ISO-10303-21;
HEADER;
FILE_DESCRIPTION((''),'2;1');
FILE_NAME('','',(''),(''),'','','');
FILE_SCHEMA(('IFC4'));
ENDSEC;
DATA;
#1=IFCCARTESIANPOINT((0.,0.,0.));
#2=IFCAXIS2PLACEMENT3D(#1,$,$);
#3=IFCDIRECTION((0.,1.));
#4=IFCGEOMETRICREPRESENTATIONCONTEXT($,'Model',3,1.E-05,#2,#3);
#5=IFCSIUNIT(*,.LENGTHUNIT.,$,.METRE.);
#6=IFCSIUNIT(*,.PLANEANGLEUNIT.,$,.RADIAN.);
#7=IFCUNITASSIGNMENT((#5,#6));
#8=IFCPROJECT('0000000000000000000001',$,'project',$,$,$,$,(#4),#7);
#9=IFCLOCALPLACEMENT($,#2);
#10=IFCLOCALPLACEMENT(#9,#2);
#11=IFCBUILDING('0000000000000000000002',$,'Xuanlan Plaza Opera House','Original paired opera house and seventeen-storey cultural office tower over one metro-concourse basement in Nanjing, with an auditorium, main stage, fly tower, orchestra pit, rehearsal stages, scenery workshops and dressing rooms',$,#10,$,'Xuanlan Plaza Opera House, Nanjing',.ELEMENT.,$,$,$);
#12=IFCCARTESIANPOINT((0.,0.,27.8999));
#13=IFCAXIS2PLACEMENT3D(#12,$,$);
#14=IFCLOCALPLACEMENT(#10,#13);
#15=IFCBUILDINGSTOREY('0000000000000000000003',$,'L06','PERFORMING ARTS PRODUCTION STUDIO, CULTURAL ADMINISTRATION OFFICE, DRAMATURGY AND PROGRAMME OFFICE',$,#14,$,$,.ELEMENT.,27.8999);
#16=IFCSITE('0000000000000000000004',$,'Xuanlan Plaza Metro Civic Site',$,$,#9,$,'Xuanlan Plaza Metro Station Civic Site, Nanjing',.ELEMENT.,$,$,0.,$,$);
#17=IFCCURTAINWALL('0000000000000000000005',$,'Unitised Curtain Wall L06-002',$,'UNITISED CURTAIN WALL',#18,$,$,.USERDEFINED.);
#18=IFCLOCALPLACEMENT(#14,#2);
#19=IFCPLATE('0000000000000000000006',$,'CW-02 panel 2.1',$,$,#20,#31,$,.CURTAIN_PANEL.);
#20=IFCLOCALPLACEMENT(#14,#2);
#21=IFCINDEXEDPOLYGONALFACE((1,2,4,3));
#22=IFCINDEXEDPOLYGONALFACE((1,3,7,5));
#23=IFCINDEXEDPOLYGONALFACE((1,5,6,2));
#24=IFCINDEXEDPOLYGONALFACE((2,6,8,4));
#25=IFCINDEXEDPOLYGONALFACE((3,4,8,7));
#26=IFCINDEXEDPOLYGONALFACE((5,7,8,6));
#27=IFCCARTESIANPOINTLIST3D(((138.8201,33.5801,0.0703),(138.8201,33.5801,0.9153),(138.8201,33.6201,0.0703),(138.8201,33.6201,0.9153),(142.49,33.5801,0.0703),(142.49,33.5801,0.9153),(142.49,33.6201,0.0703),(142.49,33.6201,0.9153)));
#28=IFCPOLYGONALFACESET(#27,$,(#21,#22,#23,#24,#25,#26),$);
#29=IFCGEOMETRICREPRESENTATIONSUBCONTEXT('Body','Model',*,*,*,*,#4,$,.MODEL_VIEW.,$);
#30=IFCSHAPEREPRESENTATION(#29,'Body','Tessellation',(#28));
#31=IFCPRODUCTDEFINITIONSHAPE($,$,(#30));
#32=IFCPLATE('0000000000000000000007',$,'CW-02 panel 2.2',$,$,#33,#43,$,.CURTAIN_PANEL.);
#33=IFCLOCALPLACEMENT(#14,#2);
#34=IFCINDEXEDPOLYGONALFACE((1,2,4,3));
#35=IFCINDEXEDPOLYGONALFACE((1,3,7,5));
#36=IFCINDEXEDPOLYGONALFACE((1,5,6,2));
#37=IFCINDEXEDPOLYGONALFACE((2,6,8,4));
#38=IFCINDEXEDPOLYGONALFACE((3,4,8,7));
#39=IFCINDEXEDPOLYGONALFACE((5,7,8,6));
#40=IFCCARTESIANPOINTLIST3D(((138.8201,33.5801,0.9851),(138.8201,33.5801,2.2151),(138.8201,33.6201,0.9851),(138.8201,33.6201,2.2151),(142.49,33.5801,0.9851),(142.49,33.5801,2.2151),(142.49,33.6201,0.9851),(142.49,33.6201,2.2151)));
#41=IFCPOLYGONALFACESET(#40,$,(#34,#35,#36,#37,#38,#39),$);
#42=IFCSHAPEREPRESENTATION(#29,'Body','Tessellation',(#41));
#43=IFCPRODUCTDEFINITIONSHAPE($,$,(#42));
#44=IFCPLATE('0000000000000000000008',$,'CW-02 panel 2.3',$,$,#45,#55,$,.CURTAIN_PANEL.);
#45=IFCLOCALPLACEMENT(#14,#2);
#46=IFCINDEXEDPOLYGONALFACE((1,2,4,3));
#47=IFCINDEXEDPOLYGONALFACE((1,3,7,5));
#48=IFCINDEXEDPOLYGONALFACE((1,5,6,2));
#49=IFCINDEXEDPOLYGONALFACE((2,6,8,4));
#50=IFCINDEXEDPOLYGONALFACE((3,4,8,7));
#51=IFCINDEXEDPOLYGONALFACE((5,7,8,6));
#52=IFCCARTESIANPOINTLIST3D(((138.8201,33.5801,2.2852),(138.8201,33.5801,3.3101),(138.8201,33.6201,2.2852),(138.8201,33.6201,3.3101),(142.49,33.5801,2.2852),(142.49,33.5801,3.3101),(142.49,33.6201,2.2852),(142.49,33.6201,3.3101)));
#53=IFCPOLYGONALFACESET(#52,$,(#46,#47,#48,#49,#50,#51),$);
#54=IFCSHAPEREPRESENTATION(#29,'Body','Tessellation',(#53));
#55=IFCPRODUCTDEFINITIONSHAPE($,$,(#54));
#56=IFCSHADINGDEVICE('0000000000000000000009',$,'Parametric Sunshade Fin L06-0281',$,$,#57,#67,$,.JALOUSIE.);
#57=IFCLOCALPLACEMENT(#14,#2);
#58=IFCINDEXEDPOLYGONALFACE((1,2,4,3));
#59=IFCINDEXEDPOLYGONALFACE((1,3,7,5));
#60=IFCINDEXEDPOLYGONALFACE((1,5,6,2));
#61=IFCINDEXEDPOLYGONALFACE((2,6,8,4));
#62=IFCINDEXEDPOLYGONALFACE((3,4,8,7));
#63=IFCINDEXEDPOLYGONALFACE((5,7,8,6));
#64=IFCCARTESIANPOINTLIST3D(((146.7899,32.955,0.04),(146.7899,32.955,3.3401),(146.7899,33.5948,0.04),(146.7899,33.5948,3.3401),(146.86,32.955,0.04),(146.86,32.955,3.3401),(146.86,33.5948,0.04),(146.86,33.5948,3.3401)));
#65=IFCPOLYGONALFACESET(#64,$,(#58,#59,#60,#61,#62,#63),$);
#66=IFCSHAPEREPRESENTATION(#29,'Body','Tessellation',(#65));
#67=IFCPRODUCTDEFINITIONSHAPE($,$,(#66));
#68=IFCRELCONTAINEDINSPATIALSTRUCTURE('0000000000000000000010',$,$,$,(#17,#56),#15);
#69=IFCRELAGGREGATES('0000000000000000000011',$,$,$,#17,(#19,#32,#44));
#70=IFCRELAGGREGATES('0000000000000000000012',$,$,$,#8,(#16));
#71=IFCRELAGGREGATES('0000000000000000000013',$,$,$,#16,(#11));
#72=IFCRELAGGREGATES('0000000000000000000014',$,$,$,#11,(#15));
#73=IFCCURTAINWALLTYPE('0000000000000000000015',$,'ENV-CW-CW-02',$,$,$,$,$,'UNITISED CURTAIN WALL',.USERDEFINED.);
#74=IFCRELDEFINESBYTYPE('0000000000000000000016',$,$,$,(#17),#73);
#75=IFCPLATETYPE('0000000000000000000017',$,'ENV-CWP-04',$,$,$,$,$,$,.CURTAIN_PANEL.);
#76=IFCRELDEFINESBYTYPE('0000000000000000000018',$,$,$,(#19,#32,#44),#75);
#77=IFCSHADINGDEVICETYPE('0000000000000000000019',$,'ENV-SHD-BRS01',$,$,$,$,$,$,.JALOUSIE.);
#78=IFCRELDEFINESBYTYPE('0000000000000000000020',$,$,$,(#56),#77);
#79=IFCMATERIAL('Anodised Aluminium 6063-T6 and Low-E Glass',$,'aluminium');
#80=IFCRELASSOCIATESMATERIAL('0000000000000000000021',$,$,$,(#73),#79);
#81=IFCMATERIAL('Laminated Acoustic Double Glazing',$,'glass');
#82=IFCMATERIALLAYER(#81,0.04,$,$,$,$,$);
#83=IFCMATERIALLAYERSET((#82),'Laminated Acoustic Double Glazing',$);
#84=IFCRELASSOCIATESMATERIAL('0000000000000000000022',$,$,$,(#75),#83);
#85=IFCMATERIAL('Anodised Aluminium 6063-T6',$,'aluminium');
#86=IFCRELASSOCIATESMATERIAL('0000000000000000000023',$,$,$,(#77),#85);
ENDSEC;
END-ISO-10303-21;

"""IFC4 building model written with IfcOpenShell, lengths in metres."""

from ifc_helpers import new_model, si_unit, direction, frame, origin, origin_2d, place, context, subcontext, project, spatial, rectangle, extrude, material, layer, layer_set, type_object, element, aggregate, save


model = new_model("IFC4")

# Units and contexts
model_context = context("Model", 3, precision=1e-05, world=origin(), true_north=direction((0.0, 1.0)))
body_context = subcontext(model_context, "Body", "Model", "MODEL_VIEW")
ifc_project = project(units=[si_unit("LENGTHUNIT", "METRE"), si_unit("PLANEANGLEUNIT", "RADIAN")], contexts=[model_context])

# Site, building, storey
site_placement = place(None, origin())
site = spatial("IfcSite", under=ifc_project, at=site_placement, Name="Xuanlan Plaza Metro Civic Site", LongName="Xuanlan Plaza Metro Station Civic Site, Nanjing", CompositionType="ELEMENT", RefElevation=0.0)
building_placement = place(site_placement, origin())
building = spatial("IfcBuilding", under=site, at=building_placement, Name="Xuanlan Plaza Opera House", Description="Original paired opera house and seventeen-storey cultural office tower over one metro-concourse basement in Nanjing, with an auditorium, main stage, fly tower, orchestra pit, rehearsal stages, scenery workshops and dressing rooms", LongName="Xuanlan Plaza Opera House, Nanjing", CompositionType="ELEMENT")
storey_placement = place(building_placement, frame((0.0, 0.0, 27.8999)))
storey = spatial("IfcBuildingStorey", under=building, at=storey_placement, Name="L06", Description="PERFORMING ARTS PRODUCTION STUDIO, CULTURAL ADMINISTRATION OFFICE, DRAMATURGY AND PROGRAMME OFFICE", CompositionType="ELEMENT", Elevation=27.8999)

# Curtain wall
ifc_material_1 = material(Name="Anodised Aluminium 6063-T6 and Low-E Glass", Category="aluminium")
ifc_material_2 = material(Name="Anodised Aluminium 6063-T6", Category="aluminium")
curtain_wall_type_1 = type_object("IfcCurtainWallType", Name="ENV-CW-CW-02", ElementType="UNITISED CURTAIN WALL", PredefinedType="USERDEFINED", material=ifc_material_1)
curtain_wall_1_placement = place(storey_placement, origin())
curtain_wall_1 = element("IfcCurtainWall", 1, at=curtain_wall_1_placement, inside=storey, type_object=curtain_wall_type_1, Name="Unitised Curtain Wall L06-002", ObjectType="UNITISED CURTAIN WALL", PredefinedType="USERDEFINED")

# Plates
ifc_material_3 = material(Name="Laminated Acoustic Double Glazing", Category="glass")
ifc_layer_1 = layer(ifc_material_3, 0.04)
ifc_layer_set_1 = layer_set([ifc_layer_1], Name="Laminated Acoustic Double Glazing")
plate_type_1 = type_object("IfcPlateType", Name="ENV-CWP-04", PredefinedType="CURTAIN_PANEL", material=ifc_layer_set_1)
plate_1_placement = place(storey_placement, frame((140.655, 33.6001, 0.0703), z_axis=(0.0, 0.0, 1.0), x_axis=(1.0, 0.0, 0.0)))
plate_1 = element("IfcPlate", 2, at=plate_1_placement, type_object=plate_type_1, Name="CW-02 panel 2.1", PredefinedType="CURTAIN_PANEL", context=body_context, shape_type="SweptSolid", body=[
    extrude(rectangle(XDim=3.6699, YDim=0.04, at=origin_2d()), origin(), (0.0, 0.0, 1.0), 0.845),
])
plate_2_placement = place(storey_placement, frame((140.655, 33.6001, 0.9851), z_axis=(0.0, 0.0, 1.0), x_axis=(1.0, 0.0, 0.0)))
plate_2 = element("IfcPlate", 3, at=plate_2_placement, type_object=plate_type_1, Name="CW-02 panel 2.2", PredefinedType="CURTAIN_PANEL", context=body_context, shape_type="SweptSolid", body=[
    extrude(rectangle(XDim=3.6699, YDim=0.04, at=origin_2d()), origin(), (0.0, 0.0, 1.0), 1.23),
])
plate_3_placement = place(storey_placement, frame((140.655, 33.6001, 2.2852), z_axis=(0.0, 0.0, 1.0), x_axis=(1.0, 0.0, 0.0)))
plate_3 = element("IfcPlate", 4, at=plate_3_placement, type_object=plate_type_1, Name="CW-02 panel 2.3", PredefinedType="CURTAIN_PANEL", context=body_context, shape_type="SweptSolid", body=[
    extrude(rectangle(XDim=3.6699, YDim=0.04, at=origin_2d()), origin(), (0.0, 0.0, 1.0), 1.0249),
])
aggregate(curtain_wall_1, [plate_1, plate_2, plate_3])

# Shading device
shading_device_type = type_object("IfcShadingDeviceType", Name="ENV-SHD-BRS01", PredefinedType="JALOUSIE", material=ifc_material_2)
shading_device_placement = place(storey_placement, frame((146.825, 33.2749, 0.04), z_axis=(0.0, 0.0, 1.0), x_axis=(0.0, -1.0, 0.0)))
element("IfcShadingDevice", 5, at=shading_device_placement, inside=storey, type_object=shading_device_type, Name="Parametric Sunshade Fin L06-0281", PredefinedType="JALOUSIE", context=body_context, shape_type="SweptSolid", body=[
    extrude(rectangle(XDim=0.6399, YDim=0.0701, at=origin_2d()), origin(), (0.0, 0.0, 1.0), 3.3),
])

save(model, "model.ifc")
